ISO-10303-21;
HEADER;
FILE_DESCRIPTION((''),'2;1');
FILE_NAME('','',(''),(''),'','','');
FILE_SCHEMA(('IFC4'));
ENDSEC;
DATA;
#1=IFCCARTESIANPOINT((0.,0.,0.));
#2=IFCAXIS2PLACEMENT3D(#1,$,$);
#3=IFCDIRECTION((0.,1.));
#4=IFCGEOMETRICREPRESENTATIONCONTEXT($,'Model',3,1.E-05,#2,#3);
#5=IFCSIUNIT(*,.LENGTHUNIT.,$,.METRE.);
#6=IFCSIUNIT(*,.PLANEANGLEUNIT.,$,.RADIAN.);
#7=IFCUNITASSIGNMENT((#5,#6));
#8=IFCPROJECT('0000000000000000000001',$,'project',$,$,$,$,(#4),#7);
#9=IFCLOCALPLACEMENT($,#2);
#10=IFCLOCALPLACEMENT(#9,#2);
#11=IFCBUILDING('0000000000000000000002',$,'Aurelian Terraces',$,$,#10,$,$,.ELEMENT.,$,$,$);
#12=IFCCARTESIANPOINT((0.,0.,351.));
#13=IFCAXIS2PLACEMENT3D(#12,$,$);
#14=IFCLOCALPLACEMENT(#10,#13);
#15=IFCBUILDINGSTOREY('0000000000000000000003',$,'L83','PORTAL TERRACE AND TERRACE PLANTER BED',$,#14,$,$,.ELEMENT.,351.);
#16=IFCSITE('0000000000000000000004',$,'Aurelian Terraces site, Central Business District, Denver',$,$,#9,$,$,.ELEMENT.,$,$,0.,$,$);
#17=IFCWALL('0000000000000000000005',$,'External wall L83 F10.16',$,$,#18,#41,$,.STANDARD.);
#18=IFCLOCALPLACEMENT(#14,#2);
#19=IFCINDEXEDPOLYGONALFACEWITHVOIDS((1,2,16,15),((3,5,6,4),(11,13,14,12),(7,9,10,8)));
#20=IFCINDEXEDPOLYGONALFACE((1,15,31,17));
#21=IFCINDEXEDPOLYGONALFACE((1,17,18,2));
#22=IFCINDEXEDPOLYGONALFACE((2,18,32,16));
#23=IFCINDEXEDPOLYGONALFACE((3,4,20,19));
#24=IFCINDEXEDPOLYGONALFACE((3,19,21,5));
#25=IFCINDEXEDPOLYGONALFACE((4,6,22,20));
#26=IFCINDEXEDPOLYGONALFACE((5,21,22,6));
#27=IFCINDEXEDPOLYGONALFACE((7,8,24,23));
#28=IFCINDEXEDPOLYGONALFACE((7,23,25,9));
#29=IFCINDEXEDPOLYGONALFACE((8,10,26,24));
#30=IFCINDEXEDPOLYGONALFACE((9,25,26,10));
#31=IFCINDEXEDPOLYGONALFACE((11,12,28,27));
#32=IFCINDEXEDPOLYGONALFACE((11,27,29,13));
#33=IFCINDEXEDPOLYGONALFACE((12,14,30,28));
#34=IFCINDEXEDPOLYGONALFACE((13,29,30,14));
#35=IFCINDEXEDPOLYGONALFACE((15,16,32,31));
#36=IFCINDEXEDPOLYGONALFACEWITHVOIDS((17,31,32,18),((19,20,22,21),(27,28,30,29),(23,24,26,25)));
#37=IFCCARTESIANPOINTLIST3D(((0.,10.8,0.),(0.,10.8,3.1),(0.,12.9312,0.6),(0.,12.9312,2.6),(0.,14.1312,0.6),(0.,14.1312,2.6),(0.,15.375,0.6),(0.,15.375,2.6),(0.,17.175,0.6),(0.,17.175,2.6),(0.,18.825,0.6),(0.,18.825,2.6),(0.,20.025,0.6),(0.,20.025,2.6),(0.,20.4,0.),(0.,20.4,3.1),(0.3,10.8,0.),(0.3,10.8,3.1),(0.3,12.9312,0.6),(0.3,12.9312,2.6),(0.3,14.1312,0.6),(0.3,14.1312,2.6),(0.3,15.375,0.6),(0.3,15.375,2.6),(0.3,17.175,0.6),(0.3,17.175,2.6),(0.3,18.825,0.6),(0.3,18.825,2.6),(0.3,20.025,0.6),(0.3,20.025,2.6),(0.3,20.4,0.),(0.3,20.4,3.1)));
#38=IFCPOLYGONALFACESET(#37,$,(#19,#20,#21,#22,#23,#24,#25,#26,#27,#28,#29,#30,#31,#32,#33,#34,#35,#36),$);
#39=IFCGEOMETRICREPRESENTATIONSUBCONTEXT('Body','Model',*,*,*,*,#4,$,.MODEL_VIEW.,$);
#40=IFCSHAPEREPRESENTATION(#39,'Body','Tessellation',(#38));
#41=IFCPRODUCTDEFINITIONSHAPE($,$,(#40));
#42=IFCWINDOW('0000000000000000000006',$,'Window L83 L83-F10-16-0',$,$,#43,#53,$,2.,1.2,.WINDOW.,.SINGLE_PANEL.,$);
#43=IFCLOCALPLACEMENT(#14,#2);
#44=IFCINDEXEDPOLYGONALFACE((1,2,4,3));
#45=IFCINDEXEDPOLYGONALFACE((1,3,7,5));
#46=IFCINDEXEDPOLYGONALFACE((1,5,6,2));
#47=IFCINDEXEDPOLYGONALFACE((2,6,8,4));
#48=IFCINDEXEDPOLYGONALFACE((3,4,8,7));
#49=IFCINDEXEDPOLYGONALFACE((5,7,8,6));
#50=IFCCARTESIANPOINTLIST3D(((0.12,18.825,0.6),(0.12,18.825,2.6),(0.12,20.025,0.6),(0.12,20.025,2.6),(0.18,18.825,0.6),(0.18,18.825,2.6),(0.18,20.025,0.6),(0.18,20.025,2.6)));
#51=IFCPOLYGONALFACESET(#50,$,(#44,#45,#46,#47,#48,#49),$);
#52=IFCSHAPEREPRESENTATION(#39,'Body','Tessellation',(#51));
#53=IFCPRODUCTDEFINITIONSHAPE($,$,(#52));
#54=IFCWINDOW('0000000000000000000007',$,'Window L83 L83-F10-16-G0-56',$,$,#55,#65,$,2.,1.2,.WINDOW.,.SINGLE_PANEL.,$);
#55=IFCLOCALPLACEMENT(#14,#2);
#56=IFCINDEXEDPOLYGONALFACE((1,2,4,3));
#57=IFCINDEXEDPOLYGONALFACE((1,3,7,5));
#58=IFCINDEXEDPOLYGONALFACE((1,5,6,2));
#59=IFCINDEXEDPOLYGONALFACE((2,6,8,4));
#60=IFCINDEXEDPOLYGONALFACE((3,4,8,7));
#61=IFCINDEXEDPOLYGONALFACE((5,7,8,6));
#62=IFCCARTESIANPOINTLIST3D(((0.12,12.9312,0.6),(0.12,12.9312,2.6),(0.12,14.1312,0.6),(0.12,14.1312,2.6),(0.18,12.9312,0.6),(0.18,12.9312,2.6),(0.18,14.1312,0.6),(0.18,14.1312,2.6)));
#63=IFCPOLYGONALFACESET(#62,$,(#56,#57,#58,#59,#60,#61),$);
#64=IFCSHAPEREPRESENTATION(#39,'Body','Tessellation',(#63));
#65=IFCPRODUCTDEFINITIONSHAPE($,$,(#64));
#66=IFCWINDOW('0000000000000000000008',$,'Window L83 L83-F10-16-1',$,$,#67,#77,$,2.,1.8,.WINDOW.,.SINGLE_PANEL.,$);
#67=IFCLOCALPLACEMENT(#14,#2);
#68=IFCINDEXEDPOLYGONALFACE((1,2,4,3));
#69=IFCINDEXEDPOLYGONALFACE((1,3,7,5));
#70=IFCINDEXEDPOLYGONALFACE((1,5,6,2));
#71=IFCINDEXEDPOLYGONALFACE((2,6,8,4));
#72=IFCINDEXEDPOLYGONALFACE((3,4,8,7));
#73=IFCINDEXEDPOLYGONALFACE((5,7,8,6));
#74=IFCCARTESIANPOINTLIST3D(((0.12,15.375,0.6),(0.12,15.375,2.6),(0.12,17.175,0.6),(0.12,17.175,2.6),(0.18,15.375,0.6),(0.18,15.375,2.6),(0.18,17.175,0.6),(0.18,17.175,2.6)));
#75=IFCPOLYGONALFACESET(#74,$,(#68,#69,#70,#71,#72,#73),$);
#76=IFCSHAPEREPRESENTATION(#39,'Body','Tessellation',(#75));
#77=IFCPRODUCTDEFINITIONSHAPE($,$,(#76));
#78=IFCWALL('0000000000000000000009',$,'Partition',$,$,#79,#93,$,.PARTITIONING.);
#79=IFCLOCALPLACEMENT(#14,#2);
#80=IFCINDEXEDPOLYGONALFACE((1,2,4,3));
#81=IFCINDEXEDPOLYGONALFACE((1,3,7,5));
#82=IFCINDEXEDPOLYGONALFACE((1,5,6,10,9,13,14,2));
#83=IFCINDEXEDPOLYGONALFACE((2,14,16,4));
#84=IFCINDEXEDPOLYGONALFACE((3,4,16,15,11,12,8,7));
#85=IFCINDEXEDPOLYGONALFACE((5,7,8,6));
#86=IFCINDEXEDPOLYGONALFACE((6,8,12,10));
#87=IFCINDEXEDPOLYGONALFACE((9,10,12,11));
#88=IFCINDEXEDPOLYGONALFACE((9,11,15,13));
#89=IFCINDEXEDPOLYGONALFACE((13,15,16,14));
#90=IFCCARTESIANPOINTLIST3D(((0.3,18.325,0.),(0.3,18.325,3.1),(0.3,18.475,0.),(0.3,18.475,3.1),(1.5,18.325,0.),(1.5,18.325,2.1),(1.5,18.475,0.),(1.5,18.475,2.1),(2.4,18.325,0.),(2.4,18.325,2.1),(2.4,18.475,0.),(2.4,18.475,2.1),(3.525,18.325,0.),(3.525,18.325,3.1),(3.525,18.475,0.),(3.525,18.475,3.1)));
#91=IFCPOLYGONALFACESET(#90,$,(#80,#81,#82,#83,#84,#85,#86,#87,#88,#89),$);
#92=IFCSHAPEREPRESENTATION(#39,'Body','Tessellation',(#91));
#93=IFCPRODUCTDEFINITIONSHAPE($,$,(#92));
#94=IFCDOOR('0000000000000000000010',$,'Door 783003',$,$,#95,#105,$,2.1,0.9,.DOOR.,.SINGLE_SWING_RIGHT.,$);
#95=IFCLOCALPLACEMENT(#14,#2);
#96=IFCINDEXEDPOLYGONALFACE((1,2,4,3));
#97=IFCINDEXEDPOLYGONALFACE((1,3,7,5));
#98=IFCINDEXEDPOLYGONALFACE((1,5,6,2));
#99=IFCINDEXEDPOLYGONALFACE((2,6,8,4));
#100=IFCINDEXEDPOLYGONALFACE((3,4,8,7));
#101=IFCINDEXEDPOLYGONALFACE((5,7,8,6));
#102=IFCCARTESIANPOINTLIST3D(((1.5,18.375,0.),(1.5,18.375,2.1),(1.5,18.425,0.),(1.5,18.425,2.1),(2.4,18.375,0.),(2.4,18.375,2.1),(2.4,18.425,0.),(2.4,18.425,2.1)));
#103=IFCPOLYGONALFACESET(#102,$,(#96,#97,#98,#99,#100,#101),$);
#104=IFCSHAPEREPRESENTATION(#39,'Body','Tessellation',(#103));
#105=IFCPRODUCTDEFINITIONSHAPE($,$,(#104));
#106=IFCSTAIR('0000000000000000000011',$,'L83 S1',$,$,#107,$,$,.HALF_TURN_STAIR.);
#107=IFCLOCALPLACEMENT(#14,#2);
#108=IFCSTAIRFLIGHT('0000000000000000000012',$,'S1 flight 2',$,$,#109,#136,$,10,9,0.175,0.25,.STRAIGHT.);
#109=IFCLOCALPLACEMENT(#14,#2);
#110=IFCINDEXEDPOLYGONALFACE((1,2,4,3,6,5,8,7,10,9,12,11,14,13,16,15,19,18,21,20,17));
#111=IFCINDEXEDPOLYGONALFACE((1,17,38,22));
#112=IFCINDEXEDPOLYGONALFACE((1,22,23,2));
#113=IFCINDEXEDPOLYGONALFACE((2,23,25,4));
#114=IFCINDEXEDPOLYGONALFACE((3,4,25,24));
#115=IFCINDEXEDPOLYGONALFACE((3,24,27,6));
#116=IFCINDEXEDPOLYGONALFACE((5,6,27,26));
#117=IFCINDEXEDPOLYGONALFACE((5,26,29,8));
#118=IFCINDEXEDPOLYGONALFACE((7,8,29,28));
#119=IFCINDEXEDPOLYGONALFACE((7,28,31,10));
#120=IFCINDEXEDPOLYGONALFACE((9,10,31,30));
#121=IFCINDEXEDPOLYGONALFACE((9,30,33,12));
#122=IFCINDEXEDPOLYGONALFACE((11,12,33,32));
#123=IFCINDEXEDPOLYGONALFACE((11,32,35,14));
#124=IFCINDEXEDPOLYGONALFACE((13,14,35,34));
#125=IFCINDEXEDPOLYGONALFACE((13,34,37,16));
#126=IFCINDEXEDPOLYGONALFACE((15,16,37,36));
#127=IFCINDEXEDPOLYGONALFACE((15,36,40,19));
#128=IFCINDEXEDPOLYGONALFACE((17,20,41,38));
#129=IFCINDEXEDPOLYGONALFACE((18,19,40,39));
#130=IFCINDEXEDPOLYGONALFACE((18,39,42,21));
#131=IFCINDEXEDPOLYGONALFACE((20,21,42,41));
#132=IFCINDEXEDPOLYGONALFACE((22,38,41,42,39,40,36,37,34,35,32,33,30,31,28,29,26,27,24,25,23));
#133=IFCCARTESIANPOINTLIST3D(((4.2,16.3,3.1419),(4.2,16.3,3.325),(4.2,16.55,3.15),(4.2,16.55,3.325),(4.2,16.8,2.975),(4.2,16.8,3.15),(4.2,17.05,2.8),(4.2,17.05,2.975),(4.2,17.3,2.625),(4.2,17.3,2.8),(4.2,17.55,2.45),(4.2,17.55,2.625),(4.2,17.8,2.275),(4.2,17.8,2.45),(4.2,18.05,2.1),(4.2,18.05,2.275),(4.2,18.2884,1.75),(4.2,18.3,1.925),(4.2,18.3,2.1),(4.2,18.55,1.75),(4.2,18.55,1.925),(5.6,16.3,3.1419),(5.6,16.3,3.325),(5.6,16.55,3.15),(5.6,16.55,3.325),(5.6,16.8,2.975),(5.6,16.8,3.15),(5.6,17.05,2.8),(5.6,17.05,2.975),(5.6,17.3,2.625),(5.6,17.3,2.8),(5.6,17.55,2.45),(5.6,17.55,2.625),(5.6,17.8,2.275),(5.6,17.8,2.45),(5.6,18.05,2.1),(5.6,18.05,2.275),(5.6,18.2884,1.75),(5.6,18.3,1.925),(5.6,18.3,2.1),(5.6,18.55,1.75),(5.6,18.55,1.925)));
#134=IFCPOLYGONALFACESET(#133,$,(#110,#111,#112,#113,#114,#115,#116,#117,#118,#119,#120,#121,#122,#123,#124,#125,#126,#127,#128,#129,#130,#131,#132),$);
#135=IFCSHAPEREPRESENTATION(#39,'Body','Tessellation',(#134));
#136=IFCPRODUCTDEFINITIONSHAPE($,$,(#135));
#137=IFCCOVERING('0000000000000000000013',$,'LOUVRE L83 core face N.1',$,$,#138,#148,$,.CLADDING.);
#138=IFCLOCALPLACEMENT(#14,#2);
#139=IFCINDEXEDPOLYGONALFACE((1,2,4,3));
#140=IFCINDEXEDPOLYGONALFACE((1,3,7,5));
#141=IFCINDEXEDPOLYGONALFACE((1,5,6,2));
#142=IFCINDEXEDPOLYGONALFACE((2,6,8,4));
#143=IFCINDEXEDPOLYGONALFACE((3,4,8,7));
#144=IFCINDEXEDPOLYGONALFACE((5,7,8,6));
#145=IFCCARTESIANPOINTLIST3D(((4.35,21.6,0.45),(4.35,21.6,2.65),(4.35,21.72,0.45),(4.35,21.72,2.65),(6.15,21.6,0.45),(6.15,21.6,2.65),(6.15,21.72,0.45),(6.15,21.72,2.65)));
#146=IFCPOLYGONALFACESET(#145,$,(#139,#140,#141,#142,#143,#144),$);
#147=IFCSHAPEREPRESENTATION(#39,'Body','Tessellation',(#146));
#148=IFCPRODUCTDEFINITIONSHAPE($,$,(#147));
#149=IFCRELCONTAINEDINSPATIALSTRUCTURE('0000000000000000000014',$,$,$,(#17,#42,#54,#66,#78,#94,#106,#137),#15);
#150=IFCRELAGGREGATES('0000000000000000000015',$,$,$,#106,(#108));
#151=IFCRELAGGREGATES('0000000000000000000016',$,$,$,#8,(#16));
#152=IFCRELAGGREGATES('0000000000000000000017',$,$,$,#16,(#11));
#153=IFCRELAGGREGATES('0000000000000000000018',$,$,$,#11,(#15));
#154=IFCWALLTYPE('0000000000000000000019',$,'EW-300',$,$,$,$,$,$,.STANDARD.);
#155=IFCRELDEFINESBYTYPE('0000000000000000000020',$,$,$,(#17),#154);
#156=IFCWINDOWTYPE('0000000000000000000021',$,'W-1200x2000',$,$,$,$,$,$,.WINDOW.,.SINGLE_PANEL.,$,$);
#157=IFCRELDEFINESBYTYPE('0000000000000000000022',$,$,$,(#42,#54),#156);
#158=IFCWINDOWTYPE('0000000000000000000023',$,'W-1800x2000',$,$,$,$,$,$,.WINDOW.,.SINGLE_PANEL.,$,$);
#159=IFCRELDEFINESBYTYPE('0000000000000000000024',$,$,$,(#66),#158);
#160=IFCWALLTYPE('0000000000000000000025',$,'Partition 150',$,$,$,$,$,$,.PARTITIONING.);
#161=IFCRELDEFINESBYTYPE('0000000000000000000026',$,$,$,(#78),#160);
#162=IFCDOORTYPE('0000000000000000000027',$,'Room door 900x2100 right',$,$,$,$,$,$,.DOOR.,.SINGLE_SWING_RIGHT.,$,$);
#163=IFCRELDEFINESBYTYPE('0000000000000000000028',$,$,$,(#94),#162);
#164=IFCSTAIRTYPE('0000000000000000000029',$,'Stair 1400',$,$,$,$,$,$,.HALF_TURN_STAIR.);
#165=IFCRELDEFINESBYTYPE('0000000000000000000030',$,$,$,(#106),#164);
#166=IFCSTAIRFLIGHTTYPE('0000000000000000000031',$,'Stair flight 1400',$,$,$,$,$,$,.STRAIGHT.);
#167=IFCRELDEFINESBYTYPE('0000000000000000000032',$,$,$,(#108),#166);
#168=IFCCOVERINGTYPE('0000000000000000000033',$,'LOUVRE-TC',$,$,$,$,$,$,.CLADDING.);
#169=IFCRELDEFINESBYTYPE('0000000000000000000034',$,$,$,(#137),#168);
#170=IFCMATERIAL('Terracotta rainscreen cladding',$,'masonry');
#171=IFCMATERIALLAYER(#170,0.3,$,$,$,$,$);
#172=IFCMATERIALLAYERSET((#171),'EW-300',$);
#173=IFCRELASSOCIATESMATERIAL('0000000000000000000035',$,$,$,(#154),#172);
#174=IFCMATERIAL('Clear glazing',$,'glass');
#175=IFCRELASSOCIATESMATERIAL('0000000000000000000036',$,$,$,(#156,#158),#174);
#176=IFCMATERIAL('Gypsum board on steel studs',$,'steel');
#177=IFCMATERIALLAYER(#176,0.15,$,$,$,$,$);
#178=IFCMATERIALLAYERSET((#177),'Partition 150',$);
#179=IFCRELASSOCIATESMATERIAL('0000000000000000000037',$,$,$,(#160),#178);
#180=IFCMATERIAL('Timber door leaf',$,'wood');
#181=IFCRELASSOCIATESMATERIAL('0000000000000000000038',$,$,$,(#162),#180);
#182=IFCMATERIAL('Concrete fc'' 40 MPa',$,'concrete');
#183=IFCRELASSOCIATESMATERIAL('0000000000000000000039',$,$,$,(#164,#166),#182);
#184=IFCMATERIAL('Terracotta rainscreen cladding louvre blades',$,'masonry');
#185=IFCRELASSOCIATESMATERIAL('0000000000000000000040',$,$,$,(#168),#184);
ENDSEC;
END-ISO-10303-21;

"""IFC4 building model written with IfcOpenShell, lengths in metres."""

from ifc_helpers import new_model, si_unit, direction, frame, frame_2d, origin, origin_2d, place, context, subcontext, project, spatial, polyline, rectangle, outline, extrude, source, transform, mapped, material, layer, layer_set, type_object, element, fill, aggregate, save


model = new_model("IFC4")

# Units and contexts
model_context = context("Model", 3, precision=1e-05, world=origin(), true_north=direction((0.0, 1.0)))
body_context = subcontext(model_context, "Body", "Model", "MODEL_VIEW")
ifc_project = project(units=[si_unit("LENGTHUNIT", "METRE"), si_unit("PLANEANGLEUNIT", "RADIAN")], contexts=[model_context])

# Site, building, storey
site_placement = place(None, origin())
site = spatial("IfcSite", under=ifc_project, at=site_placement, Name="Aurelian Terraces site, Central Business District, Denver", CompositionType="ELEMENT", RefElevation=0.0)
building_placement = place(site_placement, origin())
building = spatial("IfcBuilding", under=site, at=building_placement, Name="Aurelian Terraces", CompositionType="ELEMENT")
storey_placement = place(building_placement, frame((0.0, 0.0, 351.0)))
storey = spatial("IfcBuildingStorey", under=building, at=storey_placement, Name="L83", Description="PORTAL TERRACE AND TERRACE PLANTER BED", CompositionType="ELEMENT", Elevation=351.0)

# Shared definitions
ifc_material_1 = material(Name="Terracotta rainscreen cladding", Category="masonry")
ifc_layer_1 = layer(ifc_material_1, 0.3)
ifc_layer_set_1 = layer_set([ifc_layer_1], Name="EW-300")
wall_type_1 = type_object("IfcWallType", Name="EW-300", PredefinedType="STANDARD", material=ifc_layer_set_1)
ifc_material_2 = material(Name="Clear glazing", Category="glass")

# Wall, openings, windows
shared_shape_1 = source(origin(), body_context, "Body", "SweptSolid", [
    extrude(rectangle(XDim=9.6, YDim=0.3, at=frame_2d((4.8, 0.0))), origin(), (0.0, 0.0, 1.0), 3.1),
])
wall_1_placement = place(storey_placement, frame((0.15, 20.4, 0.0), z_axis=(0.0, 0.0, 1.0), x_axis=(0.0, -1.0, 0.0)))
wall_1 = element("IfcWall", 1, at=wall_1_placement, inside=storey, type_object=wall_type_1, Name="External wall L83 F10.16", PredefinedType="STANDARD", context=body_context, shape_type="MappedRepresentation", body=[
    mapped(shared_shape_1, transform((0.0, 0.0, 0.0), scale=1.0)),
])
shared_shape_2 = source(origin(), body_context, "Body", "SweptSolid", [
    extrude(rectangle(XDim=1.2, YDim=2.0, at=frame_2d((0.6, 1.0))), frame((0.0, 0.16, 0.0), z_axis=(0.0, -1.0, 0.0), x_axis=(1.0, 0.0, 0.0)), (0.0, 0.0, 1.0), 0.32),
])
opening_1_placement = place(wall_1_placement, frame((0.375, 0.0, 0.6)))
opening_1 = element("IfcOpeningElement", 2, at=opening_1_placement, cuts=wall_1, PredefinedType="OPENING", context=body_context, shape_type="MappedRepresentation", body=[
    mapped(shared_shape_2, transform((0.0, 0.0, 0.0), scale=1.0)),
])
shared_shape_3 = source(origin(), body_context, "Body", "SweptSolid", [
    extrude(rectangle(XDim=1.8, YDim=2.0, at=frame_2d((0.9, 1.0))), frame((0.0, 0.16, 0.0), z_axis=(0.0, -1.0, 0.0), x_axis=(1.0, 0.0, 0.0)), (0.0, 0.0, 1.0), 0.32),
])
opening_2_placement = place(wall_1_placement, frame((3.225, 0.0, 0.6)))
opening_2 = element("IfcOpeningElement", 3, at=opening_2_placement, cuts=wall_1, PredefinedType="OPENING", context=body_context, shape_type="MappedRepresentation", body=[
    mapped(shared_shape_3, transform((0.0, 0.0, 0.0), scale=1.0)),
])
opening_3_placement = place(wall_1_placement, frame((6.2688, 0.0, 0.6)))
opening_3 = element("IfcOpeningElement", 4, at=opening_3_placement, cuts=wall_1, PredefinedType="OPENING", context=body_context, shape_type="MappedRepresentation", body=[
    mapped(shared_shape_2, transform((0.0, 0.0, 0.0), scale=1.0)),
])
window_type_1 = type_object("IfcWindowType", Name="W-1200x2000", PartitioningType="SINGLE_PANEL", PredefinedType="WINDOW", material=ifc_material_2)
shared_shape_4 = source(origin(), body_context, "Body", "SweptSolid", [
    extrude(rectangle(XDim=1.2, YDim=2.0, at=frame_2d((0.6, 1.0))), frame((0.0, 0.03, 0.0), z_axis=(0.0, -1.0, 0.0), x_axis=(1.0, 0.0, 0.0)), (0.0, 0.0, 1.0), 0.06),
])
window_1_placement = place(opening_1_placement, origin())
window_1 = element("IfcWindow", 5, at=window_1_placement, inside=storey, type_object=window_type_1, Name="Window L83 L83-F10-16-0", OverallHeight=2.0, OverallWidth=1.2, PartitioningType="SINGLE_PANEL", PredefinedType="WINDOW", context=body_context, shape_type="MappedRepresentation", body=[
    mapped(shared_shape_4, transform((0.0, 0.0, 0.0), scale=1.0)),
])
fill(opening_1, window_1)
window_2_placement = place(opening_3_placement, origin())
window_2 = element("IfcWindow", 6, at=window_2_placement, inside=storey, type_object=window_type_1, Name="Window L83 L83-F10-16-G0-56", OverallHeight=2.0, OverallWidth=1.2, PartitioningType="SINGLE_PANEL", PredefinedType="WINDOW", context=body_context, shape_type="MappedRepresentation", body=[
    mapped(shared_shape_4, transform((0.0, 0.0, 0.0), scale=1.0)),
])
fill(opening_3, window_2)
window_type_2 = type_object("IfcWindowType", Name="W-1800x2000", PartitioningType="SINGLE_PANEL", PredefinedType="WINDOW", material=ifc_material_2)
shared_shape_5 = source(origin(), body_context, "Body", "SweptSolid", [
    extrude(rectangle(XDim=1.8, YDim=2.0, at=frame_2d((0.9, 1.0))), frame((0.0, 0.03, 0.0), z_axis=(0.0, -1.0, 0.0), x_axis=(1.0, 0.0, 0.0)), (0.0, 0.0, 1.0), 0.06),
])
window_3_placement = place(opening_2_placement, origin())
window_3 = element("IfcWindow", 7, at=window_3_placement, inside=storey, type_object=window_type_2, Name="Window L83 L83-F10-16-1", OverallHeight=2.0, OverallWidth=1.8, PartitioningType="SINGLE_PANEL", PredefinedType="WINDOW", context=body_context, shape_type="MappedRepresentation", body=[
    mapped(shared_shape_5, transform((0.0, 0.0, 0.0), scale=1.0)),
])
fill(opening_2, window_3)

# Wall, opening, door
ifc_material_3 = material(Name="Gypsum board on steel studs", Category="steel")
ifc_layer_2 = layer(ifc_material_3, 0.15)
ifc_layer_set_2 = layer_set([ifc_layer_2], Name="Partition 150")
wall_type_2 = type_object("IfcWallType", Name="Partition 150", PredefinedType="PARTITIONING", material=ifc_layer_set_2)
shared_shape_6 = source(origin(), body_context, "Body", "SweptSolid", [
    extrude(rectangle(XDim=3.225, YDim=0.15, at=frame_2d((1.6125, 0.0))), origin(), (0.0, 0.0, 1.0), 3.1),
])
wall_2_placement = place(storey_placement, frame((0.3, 18.4, 0.0), z_axis=(0.0, 0.0, 1.0), x_axis=(1.0, 0.0, 0.0)))
wall_2 = element("IfcWall", 8, at=wall_2_placement, inside=storey, type_object=wall_type_2, Name="Partition", PredefinedType="PARTITIONING", context=body_context, shape_type="MappedRepresentation", body=[
    mapped(shared_shape_6, transform((0.0, 0.0, 0.0), scale=1.0)),
])
shared_shape_7 = source(origin(), body_context, "Body", "SweptSolid", [
    extrude(rectangle(XDim=0.9, YDim=2.1, at=frame_2d((0.45, 1.05))), frame((0.0, 0.085, 0.0), z_axis=(0.0, -1.0, 0.0), x_axis=(1.0, 0.0, 0.0)), (0.0, 0.0, 1.0), 0.17),
])
opening_4_placement = place(wall_2_placement, frame((1.2, 0.0, 0.0)))
opening_4 = element("IfcOpeningElement", 9, at=opening_4_placement, cuts=wall_2, PredefinedType="OPENING", context=body_context, shape_type="MappedRepresentation", body=[
    mapped(shared_shape_7, transform((0.0, 0.0, 0.0), scale=1.0)),
])
ifc_material_4 = material(Name="Timber door leaf", Category="wood")
door_type = type_object("IfcDoorType", Name="Room door 900x2100 right", OperationType="SINGLE_SWING_RIGHT", PredefinedType="DOOR", material=ifc_material_4)
shared_shape_8 = source(origin(), body_context, "Body", "SweptSolid", [
    extrude(rectangle(XDim=0.9, YDim=2.1, at=frame_2d((0.45, 1.05))), frame((0.0, 0.025, 0.0), z_axis=(0.0, -1.0, 0.0), x_axis=(1.0, 0.0, 0.0)), (0.0, 0.0, 1.0), 0.05),
])
door_placement = place(opening_4_placement, origin())
door = element("IfcDoor", 10, at=door_placement, inside=storey, type_object=door_type, Name="Door 783003", OperationType="SINGLE_SWING_RIGHT", OverallHeight=2.1, OverallWidth=0.9, PredefinedType="DOOR", context=body_context, shape_type="MappedRepresentation", body=[
    mapped(shared_shape_8, transform((0.0, 0.0, 0.0), scale=1.0)),
])
fill(opening_4, door)

# Stair, stair flight
ifc_material_5 = material(Name="Concrete fc' 40 MPa", Category="concrete")
stair_type = type_object("IfcStairType", Name="Stair 1400", PredefinedType="HALF_TURN_STAIR", material=ifc_material_5)
stair_placement = place(storey_placement, origin())
stair = element("IfcStair", 11, at=stair_placement, inside=storey, type_object=stair_type, Name="L83 S1", PredefinedType="HALF_TURN_STAIR")
stair_flight_type = type_object("IfcStairFlightType", Name="Stair flight 1400", PredefinedType="STRAIGHT", material=ifc_material_5)
shared_shape_9 = source(origin(), body_context, "Body", "SweptSolid", [
    extrude(outline(polyline([(0.0, 0.0), (0.0, 0.175), (0.25, 0.175), (0.25, 0.35), (0.5, 0.35), (0.5, 0.525), (0.75, 0.525), (0.75, 0.7), (1.0, 0.7), (1.0, 0.875), (1.25, 0.875), (1.25, 1.05), (1.5, 1.05), (1.5, 1.225), (1.75, 1.225), (1.75, 1.4), (2.0, 1.4), (2.0, 1.575), (2.25, 1.575), (2.25, 1.75), (2.25, 1.3919), (0.2616, 0.0), (0.0, 0.0)])), frame((0.0, 0.7, 0.0), z_axis=(0.0, -1.0, 0.0), x_axis=(1.0, 0.0, 0.0)), (0.0, 0.0, 1.0), 1.4),
])
stair_flight_placement = place(storey_placement, frame((4.9, 18.55, 1.75), z_axis=(0.0, 0.0, 1.0), x_axis=(0.0, -1.0, 0.0)))
stair_flight = element("IfcStairFlight", 12, at=stair_flight_placement, type_object=stair_flight_type, Name="S1 flight 2", NumberOfRisers=10, NumberOfTreads=9, PredefinedType="STRAIGHT", RiserHeight=0.175, TreadLength=0.25, context=body_context, shape_type="MappedRepresentation", body=[
    mapped(shared_shape_9, transform((0.0, 0.0, 0.0), scale=1.0)),
])
aggregate(stair, [stair_flight])

# Covering
ifc_material_6 = material(Name="Terracotta rainscreen cladding louvre blades", Category="masonry")
covering_type_1 = type_object("IfcCoveringType", Name="LOUVRE-TC", PredefinedType="CLADDING", material=ifc_material_6)
shared_shape_10 = source(origin(), body_context, "Body", "SweptSolid", [
    extrude(rectangle(XDim=1.8, YDim=0.12, at=origin_2d()), origin(), (0.0, 0.0, 1.0), 2.2),
])
covering_1_placement = place(storey_placement, frame((5.25, 21.66, 0.45), z_axis=(0.0, 0.0, 1.0), x_axis=(1.0, 0.0, 0.0)))
element("IfcCovering", 13, at=covering_1_placement, inside=storey, type_object=covering_type_1, Name="LOUVRE L83 core face N.1", PredefinedType="CLADDING", context=body_context, shape_type="MappedRepresentation", body=[
    mapped(shared_shape_10, transform((0.0, 0.0, 0.0), scale=1.0)),
])

save(model, "model.ifc")
